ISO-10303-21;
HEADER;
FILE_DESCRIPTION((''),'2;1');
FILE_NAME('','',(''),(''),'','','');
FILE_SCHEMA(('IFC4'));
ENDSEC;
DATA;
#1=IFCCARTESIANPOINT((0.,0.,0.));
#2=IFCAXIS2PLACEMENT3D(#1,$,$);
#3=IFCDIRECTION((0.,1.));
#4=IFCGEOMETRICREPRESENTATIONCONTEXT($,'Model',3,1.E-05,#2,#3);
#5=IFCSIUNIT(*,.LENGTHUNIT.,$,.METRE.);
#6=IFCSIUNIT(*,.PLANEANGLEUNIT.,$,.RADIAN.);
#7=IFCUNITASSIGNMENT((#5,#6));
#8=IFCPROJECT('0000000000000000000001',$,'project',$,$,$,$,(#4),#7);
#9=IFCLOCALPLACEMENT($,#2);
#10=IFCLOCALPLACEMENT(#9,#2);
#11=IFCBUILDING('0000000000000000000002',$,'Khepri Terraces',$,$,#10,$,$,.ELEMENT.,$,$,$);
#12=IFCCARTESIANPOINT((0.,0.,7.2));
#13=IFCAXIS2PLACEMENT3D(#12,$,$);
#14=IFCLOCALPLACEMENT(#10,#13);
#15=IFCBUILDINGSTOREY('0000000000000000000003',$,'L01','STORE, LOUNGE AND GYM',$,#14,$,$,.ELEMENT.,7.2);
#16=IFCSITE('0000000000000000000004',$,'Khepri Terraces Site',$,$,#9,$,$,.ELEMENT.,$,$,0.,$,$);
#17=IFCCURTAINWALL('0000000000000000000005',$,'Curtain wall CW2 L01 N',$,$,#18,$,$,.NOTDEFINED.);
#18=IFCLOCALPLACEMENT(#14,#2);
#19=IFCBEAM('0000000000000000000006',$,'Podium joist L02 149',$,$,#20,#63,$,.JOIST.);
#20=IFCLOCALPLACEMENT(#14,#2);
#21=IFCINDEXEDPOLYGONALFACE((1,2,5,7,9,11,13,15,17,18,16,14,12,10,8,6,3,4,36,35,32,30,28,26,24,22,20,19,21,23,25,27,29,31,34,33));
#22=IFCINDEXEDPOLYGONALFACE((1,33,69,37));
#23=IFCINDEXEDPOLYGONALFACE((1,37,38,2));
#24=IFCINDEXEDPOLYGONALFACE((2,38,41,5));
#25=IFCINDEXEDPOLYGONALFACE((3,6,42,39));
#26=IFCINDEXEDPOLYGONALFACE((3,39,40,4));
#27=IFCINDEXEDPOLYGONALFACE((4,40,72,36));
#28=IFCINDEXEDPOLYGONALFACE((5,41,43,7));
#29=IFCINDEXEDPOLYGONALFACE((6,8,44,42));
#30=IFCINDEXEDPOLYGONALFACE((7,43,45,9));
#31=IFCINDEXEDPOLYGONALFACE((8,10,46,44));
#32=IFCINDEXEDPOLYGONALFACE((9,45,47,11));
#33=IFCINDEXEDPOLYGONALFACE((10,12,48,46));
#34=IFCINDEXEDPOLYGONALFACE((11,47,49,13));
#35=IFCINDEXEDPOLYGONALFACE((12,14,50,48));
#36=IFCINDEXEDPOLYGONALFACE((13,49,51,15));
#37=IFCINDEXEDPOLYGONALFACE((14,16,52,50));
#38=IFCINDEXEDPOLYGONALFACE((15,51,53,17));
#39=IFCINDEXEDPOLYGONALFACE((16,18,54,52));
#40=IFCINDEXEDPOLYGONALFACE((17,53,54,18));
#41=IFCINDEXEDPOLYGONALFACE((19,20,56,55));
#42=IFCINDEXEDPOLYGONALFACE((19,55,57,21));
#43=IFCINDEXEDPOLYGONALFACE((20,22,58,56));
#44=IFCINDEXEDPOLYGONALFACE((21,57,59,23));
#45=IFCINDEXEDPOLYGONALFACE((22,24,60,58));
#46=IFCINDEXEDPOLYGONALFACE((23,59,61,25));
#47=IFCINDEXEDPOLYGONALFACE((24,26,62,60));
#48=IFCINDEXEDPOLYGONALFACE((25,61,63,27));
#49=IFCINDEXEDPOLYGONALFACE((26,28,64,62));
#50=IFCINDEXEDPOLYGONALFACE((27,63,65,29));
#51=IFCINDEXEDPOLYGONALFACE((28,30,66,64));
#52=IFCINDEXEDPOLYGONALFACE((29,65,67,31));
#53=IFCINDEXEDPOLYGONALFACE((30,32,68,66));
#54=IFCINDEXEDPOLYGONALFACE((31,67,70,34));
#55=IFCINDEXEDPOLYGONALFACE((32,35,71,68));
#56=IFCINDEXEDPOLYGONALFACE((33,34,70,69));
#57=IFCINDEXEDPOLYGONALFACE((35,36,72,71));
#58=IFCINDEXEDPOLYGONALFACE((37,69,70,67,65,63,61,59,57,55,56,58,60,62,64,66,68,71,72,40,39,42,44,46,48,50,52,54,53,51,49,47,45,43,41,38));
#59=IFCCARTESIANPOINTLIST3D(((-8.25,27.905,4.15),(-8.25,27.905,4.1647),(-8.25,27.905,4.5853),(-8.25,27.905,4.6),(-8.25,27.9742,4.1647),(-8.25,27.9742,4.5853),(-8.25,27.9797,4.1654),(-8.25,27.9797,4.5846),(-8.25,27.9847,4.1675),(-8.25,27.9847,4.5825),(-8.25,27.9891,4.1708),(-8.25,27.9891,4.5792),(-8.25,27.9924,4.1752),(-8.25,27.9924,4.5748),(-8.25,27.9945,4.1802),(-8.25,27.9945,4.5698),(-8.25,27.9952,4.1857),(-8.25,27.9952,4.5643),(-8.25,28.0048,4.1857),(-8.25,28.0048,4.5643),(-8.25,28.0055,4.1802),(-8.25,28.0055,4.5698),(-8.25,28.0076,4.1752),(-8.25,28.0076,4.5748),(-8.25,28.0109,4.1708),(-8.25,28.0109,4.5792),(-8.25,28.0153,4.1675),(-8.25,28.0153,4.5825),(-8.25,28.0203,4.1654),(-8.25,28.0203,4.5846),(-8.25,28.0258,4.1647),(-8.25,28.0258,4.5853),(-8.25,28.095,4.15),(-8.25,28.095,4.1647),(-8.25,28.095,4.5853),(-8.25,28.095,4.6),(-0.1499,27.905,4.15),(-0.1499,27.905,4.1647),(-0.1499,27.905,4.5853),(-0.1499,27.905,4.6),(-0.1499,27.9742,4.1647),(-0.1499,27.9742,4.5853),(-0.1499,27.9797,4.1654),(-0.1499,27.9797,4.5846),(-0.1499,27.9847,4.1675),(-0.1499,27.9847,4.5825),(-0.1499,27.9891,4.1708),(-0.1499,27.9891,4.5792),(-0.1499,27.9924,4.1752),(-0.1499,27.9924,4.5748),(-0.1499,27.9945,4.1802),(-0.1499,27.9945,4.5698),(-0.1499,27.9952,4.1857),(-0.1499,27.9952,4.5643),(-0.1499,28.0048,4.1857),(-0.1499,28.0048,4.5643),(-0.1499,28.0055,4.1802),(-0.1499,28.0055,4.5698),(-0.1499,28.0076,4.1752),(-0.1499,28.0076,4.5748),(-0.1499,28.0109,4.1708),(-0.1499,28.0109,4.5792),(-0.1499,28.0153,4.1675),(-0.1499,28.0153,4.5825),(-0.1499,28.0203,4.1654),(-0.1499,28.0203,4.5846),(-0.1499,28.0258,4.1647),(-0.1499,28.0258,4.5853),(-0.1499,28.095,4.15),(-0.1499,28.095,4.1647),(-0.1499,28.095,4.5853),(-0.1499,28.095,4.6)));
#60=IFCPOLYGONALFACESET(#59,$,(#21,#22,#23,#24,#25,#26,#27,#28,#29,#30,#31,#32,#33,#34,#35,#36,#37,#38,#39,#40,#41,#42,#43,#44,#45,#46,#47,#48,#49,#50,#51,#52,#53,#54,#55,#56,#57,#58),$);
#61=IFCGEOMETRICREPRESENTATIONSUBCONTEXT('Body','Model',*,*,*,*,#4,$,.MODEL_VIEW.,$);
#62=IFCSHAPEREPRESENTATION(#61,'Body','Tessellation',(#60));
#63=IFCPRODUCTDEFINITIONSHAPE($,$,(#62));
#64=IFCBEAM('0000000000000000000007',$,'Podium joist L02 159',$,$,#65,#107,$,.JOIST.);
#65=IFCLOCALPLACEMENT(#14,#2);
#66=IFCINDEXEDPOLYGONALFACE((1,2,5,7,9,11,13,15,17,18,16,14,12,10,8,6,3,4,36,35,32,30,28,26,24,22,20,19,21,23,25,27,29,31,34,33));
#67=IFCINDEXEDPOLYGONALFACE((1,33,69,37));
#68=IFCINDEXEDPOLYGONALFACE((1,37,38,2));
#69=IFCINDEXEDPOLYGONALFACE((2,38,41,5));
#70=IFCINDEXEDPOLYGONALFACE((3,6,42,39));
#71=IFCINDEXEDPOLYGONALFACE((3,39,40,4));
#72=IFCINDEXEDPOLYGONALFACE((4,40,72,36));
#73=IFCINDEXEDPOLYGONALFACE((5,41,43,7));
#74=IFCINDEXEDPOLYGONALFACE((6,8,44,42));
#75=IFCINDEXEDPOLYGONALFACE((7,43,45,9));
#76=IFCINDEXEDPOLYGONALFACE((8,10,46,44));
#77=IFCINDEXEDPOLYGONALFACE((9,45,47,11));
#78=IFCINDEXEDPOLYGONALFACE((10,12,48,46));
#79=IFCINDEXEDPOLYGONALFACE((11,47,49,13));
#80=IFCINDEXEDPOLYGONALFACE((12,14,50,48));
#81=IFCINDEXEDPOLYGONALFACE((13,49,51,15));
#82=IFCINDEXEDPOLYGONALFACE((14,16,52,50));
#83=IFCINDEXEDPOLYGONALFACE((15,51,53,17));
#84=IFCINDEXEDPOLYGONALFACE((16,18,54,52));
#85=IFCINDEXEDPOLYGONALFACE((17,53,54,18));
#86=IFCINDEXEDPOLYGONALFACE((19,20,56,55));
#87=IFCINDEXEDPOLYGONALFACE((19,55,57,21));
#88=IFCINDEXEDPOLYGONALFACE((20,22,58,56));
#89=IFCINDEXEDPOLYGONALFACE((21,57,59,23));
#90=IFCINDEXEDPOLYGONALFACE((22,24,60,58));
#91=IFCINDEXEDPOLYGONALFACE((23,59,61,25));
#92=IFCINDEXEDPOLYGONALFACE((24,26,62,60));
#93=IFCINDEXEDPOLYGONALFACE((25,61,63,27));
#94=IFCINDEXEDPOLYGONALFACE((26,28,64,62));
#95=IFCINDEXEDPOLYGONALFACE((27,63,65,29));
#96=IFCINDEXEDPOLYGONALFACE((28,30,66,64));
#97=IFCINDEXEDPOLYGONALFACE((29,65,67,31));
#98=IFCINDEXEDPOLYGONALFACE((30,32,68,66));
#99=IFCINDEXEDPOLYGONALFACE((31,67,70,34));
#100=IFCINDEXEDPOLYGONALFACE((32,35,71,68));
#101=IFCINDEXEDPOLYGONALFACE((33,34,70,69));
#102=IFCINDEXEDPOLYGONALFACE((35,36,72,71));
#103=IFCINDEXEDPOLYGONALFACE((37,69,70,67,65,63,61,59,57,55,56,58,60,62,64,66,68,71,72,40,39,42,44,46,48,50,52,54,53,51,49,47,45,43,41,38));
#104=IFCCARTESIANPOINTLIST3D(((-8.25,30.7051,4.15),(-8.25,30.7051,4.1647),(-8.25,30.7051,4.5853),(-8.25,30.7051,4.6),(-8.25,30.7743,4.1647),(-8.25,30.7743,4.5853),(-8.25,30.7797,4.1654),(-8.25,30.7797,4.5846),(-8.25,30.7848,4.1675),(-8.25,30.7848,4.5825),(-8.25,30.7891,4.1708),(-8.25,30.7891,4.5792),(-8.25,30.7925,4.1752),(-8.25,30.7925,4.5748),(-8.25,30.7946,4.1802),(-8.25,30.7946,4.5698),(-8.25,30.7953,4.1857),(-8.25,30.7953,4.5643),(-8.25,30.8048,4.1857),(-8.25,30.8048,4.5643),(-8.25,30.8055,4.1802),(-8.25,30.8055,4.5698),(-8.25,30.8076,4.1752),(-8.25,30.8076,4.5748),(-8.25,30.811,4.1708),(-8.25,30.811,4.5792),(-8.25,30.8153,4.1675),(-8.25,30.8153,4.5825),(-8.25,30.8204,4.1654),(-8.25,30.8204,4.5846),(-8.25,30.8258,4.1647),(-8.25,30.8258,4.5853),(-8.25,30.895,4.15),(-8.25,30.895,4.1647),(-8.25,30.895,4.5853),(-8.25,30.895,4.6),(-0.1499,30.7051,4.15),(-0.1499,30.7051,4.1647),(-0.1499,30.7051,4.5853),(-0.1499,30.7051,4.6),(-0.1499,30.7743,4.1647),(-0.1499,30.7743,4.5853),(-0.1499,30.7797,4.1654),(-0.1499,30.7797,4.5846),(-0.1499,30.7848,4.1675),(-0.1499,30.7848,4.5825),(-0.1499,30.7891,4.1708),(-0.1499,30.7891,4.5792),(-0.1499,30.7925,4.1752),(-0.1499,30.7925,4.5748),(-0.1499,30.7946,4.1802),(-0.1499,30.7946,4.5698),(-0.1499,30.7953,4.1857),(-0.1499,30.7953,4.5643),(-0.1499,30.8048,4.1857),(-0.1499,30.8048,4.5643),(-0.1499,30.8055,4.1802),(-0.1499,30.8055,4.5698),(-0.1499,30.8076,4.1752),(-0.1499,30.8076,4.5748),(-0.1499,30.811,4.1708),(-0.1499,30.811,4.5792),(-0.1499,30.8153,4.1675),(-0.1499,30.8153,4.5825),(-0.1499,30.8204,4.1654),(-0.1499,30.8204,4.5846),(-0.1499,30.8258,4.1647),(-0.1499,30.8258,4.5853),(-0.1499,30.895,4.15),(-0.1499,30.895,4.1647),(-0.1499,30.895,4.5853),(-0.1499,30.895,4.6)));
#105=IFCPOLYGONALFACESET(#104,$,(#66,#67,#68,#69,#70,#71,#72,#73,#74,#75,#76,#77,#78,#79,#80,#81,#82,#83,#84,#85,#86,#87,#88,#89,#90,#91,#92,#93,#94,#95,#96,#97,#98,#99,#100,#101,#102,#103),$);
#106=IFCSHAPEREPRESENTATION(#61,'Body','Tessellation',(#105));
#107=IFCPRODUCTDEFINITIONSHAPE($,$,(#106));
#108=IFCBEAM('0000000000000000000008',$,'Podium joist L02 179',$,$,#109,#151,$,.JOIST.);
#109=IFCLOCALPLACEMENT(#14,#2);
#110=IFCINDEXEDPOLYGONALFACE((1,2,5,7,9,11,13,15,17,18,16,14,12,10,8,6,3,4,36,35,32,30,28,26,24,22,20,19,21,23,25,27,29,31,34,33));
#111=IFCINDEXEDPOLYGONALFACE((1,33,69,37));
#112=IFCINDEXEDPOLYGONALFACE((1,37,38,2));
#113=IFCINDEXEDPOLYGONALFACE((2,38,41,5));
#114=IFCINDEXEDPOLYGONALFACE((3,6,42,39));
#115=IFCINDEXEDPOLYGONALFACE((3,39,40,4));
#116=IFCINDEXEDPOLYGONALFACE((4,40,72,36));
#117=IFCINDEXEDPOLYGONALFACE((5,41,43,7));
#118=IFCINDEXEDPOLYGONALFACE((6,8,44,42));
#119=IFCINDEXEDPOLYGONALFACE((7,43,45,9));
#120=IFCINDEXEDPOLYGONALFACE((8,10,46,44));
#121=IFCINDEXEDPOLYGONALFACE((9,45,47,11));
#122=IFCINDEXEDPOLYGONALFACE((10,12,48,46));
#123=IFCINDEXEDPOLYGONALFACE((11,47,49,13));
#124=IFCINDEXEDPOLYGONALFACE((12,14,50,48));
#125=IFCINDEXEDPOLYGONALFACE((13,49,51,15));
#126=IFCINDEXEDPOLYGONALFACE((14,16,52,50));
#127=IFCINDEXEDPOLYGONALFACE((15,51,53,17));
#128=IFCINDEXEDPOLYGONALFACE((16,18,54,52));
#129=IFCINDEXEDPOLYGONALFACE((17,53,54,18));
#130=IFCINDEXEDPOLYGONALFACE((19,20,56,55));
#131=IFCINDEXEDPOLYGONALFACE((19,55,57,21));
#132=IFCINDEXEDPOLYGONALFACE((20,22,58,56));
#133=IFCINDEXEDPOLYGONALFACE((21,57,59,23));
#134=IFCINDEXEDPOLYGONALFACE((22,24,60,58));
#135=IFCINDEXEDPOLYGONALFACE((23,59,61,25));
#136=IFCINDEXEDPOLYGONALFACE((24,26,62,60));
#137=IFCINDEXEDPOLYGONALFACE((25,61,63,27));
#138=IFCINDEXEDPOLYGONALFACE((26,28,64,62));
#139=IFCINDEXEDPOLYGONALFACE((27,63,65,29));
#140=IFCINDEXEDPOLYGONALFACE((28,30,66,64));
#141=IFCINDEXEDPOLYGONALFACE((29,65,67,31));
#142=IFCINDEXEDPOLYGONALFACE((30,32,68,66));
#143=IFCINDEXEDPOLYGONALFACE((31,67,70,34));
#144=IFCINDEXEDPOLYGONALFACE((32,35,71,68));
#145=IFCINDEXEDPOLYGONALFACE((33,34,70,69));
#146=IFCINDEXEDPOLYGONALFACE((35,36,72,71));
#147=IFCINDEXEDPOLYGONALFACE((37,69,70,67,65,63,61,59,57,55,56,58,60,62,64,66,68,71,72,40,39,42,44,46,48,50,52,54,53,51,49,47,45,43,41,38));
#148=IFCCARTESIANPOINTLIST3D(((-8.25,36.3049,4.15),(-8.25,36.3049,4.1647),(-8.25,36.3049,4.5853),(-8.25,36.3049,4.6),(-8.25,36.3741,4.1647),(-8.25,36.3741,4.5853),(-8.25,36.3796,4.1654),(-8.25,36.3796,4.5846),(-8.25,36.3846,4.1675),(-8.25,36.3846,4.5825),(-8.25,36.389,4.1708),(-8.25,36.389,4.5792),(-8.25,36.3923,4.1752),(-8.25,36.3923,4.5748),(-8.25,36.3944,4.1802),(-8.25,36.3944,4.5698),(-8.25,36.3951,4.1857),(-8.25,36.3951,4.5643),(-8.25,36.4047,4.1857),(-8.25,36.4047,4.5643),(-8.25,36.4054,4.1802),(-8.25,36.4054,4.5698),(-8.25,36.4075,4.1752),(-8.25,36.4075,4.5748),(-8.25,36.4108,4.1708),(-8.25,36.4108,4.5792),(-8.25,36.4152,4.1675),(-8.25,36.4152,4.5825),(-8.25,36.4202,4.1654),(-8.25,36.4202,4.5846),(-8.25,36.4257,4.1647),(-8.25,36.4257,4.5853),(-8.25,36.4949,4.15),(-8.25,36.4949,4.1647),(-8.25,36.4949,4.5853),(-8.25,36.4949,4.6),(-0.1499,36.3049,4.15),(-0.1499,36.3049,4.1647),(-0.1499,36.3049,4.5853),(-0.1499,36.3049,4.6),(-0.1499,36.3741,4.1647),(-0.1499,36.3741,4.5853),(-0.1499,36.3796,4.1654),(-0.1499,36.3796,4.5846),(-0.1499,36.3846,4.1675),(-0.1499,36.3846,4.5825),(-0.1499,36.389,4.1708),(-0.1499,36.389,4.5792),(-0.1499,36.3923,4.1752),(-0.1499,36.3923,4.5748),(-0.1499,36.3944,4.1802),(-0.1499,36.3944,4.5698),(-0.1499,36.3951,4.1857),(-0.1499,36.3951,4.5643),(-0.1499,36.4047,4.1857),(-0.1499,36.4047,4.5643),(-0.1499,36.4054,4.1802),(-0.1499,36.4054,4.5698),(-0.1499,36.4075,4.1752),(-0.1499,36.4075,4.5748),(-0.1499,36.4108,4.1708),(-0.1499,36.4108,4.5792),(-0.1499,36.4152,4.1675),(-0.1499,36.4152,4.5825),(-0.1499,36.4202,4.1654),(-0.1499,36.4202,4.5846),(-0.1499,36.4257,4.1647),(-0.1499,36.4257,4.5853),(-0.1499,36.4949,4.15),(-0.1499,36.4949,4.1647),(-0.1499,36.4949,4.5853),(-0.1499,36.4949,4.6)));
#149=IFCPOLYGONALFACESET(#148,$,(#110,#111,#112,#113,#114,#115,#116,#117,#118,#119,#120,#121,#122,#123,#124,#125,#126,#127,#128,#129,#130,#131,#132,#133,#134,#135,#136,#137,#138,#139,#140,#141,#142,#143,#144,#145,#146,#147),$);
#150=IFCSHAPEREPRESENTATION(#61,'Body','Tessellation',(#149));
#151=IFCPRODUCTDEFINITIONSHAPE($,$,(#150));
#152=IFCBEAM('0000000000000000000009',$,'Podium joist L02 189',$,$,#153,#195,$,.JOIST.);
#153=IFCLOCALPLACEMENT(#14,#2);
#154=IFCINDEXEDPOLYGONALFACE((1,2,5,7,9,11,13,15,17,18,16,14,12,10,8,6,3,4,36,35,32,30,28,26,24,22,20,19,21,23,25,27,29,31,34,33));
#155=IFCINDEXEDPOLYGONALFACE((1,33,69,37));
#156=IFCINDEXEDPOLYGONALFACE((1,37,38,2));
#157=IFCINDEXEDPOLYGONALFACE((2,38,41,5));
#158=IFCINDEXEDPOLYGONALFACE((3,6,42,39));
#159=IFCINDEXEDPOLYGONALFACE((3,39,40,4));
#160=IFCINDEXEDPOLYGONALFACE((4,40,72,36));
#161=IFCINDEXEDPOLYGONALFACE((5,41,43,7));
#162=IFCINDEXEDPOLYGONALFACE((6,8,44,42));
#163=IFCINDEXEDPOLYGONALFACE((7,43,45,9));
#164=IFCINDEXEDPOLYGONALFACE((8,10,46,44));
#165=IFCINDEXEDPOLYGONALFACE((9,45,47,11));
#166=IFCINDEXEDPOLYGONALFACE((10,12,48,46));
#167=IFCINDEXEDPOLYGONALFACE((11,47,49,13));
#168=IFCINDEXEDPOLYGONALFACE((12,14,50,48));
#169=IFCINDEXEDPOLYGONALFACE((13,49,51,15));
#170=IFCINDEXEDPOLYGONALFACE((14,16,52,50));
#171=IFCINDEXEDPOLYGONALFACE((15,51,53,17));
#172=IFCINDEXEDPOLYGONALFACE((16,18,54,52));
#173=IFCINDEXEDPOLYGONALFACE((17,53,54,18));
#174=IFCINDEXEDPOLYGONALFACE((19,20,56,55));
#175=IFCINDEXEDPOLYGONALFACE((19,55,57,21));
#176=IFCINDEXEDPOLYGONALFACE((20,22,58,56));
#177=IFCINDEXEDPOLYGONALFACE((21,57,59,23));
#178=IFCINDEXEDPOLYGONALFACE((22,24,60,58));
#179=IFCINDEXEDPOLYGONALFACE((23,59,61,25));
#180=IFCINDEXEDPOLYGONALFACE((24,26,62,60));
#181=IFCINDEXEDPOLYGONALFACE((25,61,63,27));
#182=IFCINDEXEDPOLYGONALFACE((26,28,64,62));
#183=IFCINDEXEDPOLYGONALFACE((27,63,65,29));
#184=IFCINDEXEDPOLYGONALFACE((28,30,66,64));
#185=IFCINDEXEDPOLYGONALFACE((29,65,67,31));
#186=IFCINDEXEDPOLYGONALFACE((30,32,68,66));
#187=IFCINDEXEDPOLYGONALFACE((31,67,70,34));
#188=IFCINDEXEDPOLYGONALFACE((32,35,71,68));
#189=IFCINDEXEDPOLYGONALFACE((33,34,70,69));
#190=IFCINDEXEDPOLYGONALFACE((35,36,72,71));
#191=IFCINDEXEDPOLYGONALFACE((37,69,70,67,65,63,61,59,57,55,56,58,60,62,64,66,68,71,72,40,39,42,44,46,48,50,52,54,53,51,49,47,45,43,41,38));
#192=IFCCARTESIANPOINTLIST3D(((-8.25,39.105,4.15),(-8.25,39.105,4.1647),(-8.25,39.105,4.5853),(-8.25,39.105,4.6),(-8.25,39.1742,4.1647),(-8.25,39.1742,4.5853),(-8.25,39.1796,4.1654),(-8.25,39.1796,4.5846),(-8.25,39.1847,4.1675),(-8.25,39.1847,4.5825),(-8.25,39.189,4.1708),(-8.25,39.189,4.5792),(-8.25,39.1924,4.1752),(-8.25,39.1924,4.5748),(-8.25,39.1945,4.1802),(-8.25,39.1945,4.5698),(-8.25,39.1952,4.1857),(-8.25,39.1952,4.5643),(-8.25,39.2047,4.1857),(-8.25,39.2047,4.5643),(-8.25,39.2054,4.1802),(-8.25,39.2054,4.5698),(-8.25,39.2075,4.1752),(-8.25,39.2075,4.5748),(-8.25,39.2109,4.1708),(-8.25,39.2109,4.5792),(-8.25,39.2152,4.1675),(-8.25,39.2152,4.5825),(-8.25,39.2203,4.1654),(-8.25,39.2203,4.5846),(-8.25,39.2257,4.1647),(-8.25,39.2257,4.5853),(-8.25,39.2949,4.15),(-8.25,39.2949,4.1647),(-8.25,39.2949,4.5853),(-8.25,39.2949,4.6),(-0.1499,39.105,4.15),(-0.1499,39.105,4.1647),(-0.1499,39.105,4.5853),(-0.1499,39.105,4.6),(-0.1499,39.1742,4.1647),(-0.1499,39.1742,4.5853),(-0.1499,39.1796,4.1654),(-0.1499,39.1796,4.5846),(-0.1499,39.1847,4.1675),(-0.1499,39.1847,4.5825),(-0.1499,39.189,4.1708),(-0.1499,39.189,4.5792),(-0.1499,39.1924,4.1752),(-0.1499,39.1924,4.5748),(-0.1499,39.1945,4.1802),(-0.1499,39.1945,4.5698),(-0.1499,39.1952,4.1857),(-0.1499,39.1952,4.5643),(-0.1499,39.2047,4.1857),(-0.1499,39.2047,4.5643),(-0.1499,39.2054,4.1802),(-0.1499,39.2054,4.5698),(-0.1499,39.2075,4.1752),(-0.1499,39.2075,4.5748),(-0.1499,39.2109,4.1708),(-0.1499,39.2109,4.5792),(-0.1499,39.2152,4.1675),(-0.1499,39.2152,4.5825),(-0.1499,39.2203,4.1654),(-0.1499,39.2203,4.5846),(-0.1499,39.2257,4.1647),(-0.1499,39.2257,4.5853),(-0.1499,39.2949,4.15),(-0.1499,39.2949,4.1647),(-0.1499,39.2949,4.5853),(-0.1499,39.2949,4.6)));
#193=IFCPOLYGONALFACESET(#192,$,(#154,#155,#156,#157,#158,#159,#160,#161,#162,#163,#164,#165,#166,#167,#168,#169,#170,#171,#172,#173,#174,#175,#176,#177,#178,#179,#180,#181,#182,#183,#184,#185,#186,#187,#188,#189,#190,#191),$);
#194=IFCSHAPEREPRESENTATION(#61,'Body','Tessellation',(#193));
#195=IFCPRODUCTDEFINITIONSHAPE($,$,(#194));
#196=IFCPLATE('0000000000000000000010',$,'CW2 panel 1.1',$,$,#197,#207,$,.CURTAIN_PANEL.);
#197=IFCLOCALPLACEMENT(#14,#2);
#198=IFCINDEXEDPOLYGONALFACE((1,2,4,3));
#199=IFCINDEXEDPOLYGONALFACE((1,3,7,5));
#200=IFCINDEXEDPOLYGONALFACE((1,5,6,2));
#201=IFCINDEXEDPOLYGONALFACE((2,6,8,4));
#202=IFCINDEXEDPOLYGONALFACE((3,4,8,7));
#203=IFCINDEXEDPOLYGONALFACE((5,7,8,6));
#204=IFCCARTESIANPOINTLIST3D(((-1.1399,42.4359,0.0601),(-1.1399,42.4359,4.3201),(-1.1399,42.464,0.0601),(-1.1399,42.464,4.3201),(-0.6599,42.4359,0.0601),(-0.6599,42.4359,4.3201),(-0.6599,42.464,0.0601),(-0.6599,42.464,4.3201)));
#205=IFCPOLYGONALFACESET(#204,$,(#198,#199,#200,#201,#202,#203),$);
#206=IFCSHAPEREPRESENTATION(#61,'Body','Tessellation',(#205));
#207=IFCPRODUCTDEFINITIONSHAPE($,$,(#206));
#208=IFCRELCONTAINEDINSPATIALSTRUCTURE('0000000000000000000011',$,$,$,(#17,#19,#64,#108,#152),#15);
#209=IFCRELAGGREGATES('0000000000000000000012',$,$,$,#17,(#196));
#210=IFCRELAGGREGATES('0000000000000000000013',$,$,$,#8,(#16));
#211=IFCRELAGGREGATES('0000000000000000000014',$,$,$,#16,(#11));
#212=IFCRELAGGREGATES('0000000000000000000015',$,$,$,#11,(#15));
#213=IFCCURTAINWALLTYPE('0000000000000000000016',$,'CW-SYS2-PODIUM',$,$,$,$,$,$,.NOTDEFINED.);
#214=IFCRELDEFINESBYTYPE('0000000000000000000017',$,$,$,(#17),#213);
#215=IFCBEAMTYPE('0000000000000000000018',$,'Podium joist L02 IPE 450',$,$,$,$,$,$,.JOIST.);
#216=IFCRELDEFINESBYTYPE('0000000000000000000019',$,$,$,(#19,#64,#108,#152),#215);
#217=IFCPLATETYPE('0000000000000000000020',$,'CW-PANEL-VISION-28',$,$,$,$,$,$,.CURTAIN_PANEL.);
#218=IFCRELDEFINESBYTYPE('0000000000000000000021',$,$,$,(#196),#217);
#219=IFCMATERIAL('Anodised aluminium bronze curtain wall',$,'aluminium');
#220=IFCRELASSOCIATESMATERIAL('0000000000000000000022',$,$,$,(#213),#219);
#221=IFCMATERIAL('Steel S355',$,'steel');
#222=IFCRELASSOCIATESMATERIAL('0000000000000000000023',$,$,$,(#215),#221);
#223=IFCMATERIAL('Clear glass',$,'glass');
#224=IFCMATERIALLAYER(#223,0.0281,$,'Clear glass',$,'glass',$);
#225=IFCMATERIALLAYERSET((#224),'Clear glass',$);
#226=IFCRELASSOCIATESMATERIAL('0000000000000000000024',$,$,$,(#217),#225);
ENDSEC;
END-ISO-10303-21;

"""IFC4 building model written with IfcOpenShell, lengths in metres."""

from ifc_helpers import new_model, si_unit, direction, frame, origin, origin_2d, place, context, subcontext, project, spatial, rectangle, i_section, extrude, material, layer, layer_set, material_profile, profile_set, type_object, element, aggregate, save


model = new_model("IFC4")

# Units and contexts
model_context = context("Model", 3, precision=1e-05, world=origin(), true_north=direction((0.0, 1.0)))
body_context = subcontext(model_context, "Body", "Model", "MODEL_VIEW")
ifc_project = project(units=[si_unit("LENGTHUNIT", "METRE"), si_unit("PLANEANGLEUNIT", "RADIAN")], contexts=[model_context])

# Site, building, storey
site_placement = place(None, origin())
site = spatial("IfcSite", under=ifc_project, at=site_placement, Name="Khepri Terraces Site", CompositionType="ELEMENT", RefElevation=0.0)
building_placement = place(site_placement, origin())
building = spatial("IfcBuilding", under=site, at=building_placement, Name="Khepri Terraces", CompositionType="ELEMENT")
storey_placement = place(building_placement, frame((0.0, 0.0, 7.2)))
storey = spatial("IfcBuildingStorey", under=building, at=storey_placement, Name="L01", Description="STORE, LOUNGE AND GYM", CompositionType="ELEMENT", Elevation=7.2)

# Curtain wall
ifc_material_1 = material(Name="Anodised aluminium bronze curtain wall", Category="aluminium")
curtain_wall_type = type_object("IfcCurtainWallType", Name="CW-SYS2-PODIUM", PredefinedType="NOTDEFINED", material=ifc_material_1)
curtain_wall_1_placement = place(storey_placement, origin())
curtain_wall_1 = element("IfcCurtainWall", 1, at=curtain_wall_1_placement, inside=storey, type_object=curtain_wall_type, Name="Curtain wall CW2 L01 N", PredefinedType="NOTDEFINED")

# Beams
ifc_material_2 = material(Name="Steel S355", Category="steel")
ifc_material_profile_1 = material_profile(ifc_material_2, i_section(OverallWidth=0.1899, OverallDepth=0.45, WebThickness=0.0095, FlangeThickness=0.0146, FilletRadius=0.021, at=origin_2d()), Name="Steel S355", Category="steel")
ifc_profile_set_1 = profile_set([ifc_material_profile_1], Name="Steel S355")
beam_type_1 = type_object("IfcBeamType", Name="Podium joist L02 IPE 450", PredefinedType="JOIST", material=ifc_profile_set_1)
for number, where, z_axis, x_axis, name in (
    (2, (-8.25, 28.0, 4.375), (1.0, 0.0, 0.0), (0.0, 1.0, 0.0), "Podium joist L02 149"),
    (3, (-8.25, 30.8, 4.375), (1.0, 0.0, 0.0), (0.0, 1.0, 0.0), "Podium joist L02 159"),
    (4, (-8.25, 36.3999, 4.375), (1.0, 0.0, 0.0), (0.0, 1.0, 0.0), "Podium joist L02 179"),
    (5, (-8.25, 39.2, 4.375), (1.0, 0.0, 0.0), (0.0, 1.0, 0.0), "Podium joist L02 189"),
):
    element("IfcBeam", number, at=place(storey_placement, frame(where, z_axis=z_axis, x_axis=x_axis)), inside=storey, type_object=beam_type_1, Name=name, PredefinedType="JOIST", context=body_context, shape_type="SweptSolid", body=[
        extrude(i_section(OverallWidth=0.1899, OverallDepth=0.45, WebThickness=0.0095, FlangeThickness=0.0146, FilletRadius=0.021, at=origin_2d()), origin(), (0.0, 0.0, 1.0), 8.1001),
    ])

# Plate
ifc_material_3 = material(Name="Clear glass", Category="glass")
ifc_layer_1 = layer(ifc_material_3, 0.0281, Name="Clear glass", Category="glass")
ifc_layer_set_1 = layer_set([ifc_layer_1], Name="Clear glass")
plate_type = type_object("IfcPlateType", Name="CW-PANEL-VISION-28", PredefinedType="CURTAIN_PANEL", material=ifc_layer_set_1)
plate_1_placement = place(storey_placement, frame((-0.8999, 42.45, 0.0601), z_axis=(0.0, 0.0, 1.0), x_axis=(-1.0, 0.0, 0.0)))
plate_1 = element("IfcPlate", 6, at=plate_1_placement, type_object=plate_type, Name="CW2 panel 1.1", PredefinedType="CURTAIN_PANEL", context=body_context, shape_type="SweptSolid", body=[
    extrude(rectangle(XDim=0.48, YDim=0.0281, at=origin_2d()), origin(), (0.0, 0.0, 1.0), 4.26),
])
aggregate(curtain_wall_1, [plate_1])

save(model, "model.ifc")
